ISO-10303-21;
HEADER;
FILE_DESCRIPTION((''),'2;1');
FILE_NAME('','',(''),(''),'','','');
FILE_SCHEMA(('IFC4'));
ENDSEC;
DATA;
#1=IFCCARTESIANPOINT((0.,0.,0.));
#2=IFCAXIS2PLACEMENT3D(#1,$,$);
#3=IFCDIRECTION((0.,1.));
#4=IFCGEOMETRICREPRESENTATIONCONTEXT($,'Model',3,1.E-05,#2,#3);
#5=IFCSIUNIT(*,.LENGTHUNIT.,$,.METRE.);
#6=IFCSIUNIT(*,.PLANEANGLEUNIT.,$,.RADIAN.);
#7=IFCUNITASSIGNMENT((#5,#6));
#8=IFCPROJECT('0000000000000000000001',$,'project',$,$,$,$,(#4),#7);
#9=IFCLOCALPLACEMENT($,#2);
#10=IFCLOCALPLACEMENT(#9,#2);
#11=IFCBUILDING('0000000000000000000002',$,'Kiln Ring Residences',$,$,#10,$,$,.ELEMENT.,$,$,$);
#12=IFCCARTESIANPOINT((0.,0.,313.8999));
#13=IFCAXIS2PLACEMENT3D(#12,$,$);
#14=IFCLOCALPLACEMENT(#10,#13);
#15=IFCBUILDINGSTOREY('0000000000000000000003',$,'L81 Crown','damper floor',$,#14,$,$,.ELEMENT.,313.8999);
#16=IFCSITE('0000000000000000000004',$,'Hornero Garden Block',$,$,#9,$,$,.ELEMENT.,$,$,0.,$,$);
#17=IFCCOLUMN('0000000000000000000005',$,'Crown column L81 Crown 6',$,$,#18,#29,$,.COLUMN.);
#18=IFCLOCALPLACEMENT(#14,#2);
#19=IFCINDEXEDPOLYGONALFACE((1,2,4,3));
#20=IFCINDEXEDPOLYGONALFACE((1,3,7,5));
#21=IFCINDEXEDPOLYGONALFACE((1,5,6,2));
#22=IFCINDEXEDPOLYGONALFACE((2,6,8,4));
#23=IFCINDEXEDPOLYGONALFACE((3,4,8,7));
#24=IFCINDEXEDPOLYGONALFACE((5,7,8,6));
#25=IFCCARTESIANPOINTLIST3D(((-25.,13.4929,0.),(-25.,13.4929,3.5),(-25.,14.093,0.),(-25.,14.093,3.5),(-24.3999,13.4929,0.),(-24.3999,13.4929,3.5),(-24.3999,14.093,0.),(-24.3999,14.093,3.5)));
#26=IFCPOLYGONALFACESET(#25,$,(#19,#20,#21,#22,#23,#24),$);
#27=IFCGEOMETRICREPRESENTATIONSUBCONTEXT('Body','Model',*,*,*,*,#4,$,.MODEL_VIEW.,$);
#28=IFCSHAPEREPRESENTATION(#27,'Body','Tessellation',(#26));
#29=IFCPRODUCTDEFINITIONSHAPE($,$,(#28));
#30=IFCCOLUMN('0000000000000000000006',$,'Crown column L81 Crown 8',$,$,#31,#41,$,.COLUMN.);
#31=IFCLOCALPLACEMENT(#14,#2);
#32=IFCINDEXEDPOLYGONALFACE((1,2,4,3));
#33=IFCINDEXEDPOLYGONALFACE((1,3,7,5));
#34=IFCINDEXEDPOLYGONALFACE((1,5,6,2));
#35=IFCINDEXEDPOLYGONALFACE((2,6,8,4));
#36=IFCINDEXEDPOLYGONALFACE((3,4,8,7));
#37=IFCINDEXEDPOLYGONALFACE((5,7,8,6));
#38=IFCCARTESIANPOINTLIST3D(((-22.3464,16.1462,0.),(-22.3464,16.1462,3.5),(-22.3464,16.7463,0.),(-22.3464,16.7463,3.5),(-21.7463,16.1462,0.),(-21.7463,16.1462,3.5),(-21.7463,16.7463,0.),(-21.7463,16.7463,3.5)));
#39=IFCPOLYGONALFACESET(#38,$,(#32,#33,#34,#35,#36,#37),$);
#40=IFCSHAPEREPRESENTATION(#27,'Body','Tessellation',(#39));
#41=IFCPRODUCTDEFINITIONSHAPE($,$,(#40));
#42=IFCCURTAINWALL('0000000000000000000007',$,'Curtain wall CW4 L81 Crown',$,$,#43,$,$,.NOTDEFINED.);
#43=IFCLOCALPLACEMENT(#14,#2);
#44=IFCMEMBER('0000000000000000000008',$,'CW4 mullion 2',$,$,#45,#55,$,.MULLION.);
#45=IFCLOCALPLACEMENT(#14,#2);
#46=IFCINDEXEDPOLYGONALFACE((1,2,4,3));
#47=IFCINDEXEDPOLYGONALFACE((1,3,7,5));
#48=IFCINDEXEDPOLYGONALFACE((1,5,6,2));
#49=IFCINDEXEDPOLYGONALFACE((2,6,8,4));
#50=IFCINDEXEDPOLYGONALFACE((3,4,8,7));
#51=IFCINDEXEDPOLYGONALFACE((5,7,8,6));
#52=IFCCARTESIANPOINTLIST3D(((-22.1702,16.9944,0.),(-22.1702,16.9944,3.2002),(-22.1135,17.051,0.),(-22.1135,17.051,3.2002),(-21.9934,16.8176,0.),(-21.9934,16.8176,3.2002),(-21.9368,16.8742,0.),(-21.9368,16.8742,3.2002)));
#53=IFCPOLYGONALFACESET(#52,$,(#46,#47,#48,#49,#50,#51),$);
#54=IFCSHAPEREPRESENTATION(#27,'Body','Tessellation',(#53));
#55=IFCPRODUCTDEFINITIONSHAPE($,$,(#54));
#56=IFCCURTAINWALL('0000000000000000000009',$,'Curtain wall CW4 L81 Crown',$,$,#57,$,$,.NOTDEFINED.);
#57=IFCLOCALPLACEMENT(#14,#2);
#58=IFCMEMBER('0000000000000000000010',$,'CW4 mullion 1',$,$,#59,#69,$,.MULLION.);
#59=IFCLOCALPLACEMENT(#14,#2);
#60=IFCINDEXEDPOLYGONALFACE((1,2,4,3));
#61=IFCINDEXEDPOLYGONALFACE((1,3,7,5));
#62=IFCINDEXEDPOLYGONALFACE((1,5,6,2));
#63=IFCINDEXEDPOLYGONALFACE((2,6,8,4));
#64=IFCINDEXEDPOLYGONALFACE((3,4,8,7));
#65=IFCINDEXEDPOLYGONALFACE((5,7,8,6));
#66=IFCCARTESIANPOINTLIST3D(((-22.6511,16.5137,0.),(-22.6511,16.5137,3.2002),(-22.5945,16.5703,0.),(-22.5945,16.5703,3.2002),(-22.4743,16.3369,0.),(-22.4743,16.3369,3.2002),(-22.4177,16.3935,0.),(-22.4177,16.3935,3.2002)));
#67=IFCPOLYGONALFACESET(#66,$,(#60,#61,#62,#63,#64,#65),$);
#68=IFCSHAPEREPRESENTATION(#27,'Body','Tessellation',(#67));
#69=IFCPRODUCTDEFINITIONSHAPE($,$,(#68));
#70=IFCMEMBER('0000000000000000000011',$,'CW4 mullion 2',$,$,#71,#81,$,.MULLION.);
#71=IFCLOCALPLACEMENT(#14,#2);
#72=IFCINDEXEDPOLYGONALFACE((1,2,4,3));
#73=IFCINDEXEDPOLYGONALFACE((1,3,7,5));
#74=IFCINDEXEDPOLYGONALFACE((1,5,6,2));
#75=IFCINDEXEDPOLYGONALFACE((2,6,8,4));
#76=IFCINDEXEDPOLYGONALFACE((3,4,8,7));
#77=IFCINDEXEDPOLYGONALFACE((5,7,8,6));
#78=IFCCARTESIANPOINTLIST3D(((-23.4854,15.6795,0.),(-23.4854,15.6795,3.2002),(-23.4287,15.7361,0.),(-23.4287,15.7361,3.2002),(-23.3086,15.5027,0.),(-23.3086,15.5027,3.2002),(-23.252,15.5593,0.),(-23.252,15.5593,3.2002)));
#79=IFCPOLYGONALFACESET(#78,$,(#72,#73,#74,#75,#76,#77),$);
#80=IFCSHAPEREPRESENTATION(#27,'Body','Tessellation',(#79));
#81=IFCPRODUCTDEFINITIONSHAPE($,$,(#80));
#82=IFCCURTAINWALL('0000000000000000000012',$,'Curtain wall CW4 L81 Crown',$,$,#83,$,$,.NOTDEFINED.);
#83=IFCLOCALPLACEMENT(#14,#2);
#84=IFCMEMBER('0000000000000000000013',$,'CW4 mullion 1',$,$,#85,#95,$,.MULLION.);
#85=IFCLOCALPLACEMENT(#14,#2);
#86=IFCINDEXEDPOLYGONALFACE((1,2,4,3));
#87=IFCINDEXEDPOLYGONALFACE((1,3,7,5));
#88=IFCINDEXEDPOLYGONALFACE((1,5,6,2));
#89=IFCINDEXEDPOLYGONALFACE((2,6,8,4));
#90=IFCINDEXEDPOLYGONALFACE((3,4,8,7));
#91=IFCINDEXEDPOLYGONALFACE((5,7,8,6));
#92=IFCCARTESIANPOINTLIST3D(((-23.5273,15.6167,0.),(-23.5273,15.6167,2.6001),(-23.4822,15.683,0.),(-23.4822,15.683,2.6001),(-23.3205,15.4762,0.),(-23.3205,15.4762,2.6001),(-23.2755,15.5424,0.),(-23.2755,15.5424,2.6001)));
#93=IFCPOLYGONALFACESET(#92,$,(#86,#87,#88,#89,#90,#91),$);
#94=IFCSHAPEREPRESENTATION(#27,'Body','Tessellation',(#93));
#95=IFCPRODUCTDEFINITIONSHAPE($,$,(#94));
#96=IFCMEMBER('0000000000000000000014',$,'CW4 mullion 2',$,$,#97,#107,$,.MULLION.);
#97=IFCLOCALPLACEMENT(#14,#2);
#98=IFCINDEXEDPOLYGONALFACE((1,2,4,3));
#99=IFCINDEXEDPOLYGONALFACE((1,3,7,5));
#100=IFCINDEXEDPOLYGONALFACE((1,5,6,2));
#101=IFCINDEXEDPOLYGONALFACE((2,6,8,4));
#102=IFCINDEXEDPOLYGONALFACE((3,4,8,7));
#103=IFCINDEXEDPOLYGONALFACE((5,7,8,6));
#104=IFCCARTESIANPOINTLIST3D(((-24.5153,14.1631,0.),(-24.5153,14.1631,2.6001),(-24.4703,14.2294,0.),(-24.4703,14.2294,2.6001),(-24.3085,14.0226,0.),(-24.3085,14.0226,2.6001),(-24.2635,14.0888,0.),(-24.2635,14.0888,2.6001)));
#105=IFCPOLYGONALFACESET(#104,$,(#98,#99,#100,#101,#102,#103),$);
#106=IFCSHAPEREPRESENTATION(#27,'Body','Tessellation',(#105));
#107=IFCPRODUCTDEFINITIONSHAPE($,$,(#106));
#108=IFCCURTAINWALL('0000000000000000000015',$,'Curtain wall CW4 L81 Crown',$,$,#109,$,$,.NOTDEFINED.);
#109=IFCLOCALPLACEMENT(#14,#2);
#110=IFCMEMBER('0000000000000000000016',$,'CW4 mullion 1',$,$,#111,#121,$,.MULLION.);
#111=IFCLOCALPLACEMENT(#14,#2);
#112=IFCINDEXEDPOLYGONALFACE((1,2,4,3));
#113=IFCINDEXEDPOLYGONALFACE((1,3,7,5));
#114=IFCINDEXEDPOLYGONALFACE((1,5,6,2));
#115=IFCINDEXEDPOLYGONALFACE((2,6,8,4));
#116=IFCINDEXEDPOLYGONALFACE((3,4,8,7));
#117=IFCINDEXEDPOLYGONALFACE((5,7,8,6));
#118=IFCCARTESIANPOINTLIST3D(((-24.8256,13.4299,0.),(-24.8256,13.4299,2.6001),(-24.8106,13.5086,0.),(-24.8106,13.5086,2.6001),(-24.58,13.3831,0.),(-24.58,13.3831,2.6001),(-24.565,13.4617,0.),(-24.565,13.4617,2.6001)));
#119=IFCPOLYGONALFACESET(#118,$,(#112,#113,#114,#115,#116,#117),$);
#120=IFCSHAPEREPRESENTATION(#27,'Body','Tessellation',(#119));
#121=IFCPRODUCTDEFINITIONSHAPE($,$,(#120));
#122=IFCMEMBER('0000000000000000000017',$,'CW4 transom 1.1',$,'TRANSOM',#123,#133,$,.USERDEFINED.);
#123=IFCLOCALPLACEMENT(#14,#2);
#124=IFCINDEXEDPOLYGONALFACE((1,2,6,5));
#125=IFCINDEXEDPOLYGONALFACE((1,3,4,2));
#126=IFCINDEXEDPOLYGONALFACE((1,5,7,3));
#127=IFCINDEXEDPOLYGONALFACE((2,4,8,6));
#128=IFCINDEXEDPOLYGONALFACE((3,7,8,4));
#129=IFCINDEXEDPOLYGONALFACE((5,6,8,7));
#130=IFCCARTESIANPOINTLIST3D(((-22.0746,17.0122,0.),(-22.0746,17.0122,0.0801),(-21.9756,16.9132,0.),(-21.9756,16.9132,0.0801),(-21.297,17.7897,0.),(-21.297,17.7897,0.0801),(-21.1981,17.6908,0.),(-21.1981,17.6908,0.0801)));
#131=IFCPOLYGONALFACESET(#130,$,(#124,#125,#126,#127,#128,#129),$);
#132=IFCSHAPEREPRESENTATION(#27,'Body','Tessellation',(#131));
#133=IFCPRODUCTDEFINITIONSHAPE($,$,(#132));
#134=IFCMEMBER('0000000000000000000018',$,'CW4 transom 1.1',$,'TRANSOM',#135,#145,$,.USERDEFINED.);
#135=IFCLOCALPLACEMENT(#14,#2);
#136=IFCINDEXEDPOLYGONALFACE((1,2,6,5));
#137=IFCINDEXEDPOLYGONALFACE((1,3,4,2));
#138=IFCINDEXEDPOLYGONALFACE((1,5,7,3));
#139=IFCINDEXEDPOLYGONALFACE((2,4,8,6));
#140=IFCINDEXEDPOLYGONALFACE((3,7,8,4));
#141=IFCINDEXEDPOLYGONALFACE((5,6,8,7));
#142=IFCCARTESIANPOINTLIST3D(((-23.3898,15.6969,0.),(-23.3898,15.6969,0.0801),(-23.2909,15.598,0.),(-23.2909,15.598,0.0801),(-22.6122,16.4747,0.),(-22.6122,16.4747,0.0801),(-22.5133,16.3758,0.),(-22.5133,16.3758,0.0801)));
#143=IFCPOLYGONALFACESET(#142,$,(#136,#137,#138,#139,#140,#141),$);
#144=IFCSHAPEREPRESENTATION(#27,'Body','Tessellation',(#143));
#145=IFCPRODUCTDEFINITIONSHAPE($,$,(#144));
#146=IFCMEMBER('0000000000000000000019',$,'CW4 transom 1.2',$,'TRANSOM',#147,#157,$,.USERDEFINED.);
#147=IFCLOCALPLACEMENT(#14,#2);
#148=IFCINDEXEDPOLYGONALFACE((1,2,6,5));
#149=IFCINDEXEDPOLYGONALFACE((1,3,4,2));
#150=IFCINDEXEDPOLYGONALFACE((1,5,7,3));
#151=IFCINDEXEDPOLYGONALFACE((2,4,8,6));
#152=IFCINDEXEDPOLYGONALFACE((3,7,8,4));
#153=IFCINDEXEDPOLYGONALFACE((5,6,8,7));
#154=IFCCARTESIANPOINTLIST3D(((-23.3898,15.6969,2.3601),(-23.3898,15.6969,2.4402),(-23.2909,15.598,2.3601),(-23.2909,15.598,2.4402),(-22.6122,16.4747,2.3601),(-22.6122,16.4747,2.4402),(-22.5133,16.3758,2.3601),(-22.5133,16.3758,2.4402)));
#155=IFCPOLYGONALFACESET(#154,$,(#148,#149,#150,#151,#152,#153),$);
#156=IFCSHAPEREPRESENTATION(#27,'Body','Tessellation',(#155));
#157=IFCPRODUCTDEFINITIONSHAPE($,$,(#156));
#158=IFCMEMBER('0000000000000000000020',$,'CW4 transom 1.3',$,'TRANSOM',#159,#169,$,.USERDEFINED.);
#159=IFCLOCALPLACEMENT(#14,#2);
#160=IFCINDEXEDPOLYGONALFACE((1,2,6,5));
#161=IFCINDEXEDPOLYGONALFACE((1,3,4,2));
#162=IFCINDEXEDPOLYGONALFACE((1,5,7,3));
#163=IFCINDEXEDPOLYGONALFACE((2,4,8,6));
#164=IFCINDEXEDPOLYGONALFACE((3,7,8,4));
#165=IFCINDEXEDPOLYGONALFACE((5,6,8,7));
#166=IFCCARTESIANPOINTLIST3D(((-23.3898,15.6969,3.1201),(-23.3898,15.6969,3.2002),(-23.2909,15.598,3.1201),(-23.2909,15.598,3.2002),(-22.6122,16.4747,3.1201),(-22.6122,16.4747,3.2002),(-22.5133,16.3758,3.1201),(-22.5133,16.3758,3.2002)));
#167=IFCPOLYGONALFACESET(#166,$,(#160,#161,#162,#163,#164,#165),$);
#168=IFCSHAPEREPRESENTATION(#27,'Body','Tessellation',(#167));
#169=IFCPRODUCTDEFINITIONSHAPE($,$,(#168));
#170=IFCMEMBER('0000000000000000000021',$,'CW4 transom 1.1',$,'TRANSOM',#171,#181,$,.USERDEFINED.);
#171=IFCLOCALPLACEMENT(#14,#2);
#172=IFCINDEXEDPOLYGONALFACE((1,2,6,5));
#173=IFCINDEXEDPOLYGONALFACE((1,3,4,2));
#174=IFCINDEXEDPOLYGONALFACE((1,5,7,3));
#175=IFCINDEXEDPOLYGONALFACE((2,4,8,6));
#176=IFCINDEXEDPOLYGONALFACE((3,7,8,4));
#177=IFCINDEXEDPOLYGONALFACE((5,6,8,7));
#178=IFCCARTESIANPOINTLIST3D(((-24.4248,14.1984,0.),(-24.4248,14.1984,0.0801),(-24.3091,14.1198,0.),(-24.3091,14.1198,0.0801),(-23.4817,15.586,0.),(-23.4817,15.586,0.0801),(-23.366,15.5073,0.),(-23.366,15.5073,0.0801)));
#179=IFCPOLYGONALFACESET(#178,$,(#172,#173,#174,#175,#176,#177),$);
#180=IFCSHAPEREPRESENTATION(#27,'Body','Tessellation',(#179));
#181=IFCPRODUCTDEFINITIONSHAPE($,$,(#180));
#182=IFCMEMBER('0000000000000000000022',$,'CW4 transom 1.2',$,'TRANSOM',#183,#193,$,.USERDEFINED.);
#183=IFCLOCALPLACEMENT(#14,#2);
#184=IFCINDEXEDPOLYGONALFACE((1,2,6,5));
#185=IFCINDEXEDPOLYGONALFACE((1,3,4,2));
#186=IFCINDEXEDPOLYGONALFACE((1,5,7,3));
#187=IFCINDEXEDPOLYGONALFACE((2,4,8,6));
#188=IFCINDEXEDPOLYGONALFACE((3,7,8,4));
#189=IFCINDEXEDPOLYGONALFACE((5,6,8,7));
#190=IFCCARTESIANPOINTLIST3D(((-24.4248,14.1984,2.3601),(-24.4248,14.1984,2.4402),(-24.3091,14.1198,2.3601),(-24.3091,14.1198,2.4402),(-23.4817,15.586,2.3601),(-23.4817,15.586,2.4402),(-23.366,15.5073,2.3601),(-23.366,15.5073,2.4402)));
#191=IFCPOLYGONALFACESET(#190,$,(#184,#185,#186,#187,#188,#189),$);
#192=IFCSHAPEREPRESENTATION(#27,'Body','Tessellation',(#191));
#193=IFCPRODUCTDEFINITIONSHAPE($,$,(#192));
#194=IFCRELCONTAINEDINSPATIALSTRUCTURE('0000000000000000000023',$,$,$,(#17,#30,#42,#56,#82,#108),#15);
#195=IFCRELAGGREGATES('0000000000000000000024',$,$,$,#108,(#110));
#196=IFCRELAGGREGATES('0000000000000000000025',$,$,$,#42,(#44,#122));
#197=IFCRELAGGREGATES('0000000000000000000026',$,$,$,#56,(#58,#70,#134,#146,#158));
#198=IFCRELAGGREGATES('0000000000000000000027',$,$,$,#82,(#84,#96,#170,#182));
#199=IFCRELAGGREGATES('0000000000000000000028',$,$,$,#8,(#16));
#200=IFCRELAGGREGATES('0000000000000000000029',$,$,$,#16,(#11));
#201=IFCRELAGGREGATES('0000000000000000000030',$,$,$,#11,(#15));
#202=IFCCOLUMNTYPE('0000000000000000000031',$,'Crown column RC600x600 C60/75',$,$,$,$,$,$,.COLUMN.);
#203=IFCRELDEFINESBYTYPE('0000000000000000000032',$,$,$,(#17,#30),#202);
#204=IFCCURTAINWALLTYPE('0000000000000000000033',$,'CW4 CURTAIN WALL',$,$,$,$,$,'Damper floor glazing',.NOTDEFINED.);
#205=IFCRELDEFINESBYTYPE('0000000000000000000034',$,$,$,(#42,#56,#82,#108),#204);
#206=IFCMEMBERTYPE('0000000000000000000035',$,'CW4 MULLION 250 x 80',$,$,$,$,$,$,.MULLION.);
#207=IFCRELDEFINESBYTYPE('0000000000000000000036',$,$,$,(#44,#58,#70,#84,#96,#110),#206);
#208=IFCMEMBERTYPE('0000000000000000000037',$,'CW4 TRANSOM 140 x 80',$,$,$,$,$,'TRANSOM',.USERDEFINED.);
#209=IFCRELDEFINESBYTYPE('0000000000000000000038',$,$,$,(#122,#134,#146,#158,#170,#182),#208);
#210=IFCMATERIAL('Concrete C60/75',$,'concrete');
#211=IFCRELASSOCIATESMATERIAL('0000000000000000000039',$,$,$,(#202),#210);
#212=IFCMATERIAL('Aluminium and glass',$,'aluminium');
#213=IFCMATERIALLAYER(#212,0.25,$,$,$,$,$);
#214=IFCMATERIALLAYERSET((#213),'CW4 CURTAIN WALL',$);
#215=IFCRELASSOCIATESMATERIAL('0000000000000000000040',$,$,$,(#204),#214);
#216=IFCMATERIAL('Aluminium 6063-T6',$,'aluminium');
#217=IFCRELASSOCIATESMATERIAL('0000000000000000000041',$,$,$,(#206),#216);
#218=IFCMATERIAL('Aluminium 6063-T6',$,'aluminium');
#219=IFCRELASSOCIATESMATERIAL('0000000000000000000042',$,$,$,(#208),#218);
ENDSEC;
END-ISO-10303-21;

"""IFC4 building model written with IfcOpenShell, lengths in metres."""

from ifc_helpers import new_model, si_unit, direction, frame, origin, origin_2d, place, context, subcontext, project, spatial, rectangle, extrude, material, layer, layer_set, material_profile, profile_set, type_object, element, aggregate, save


model = new_model("IFC4")

# Units and contexts
model_context = context("Model", 3, precision=1e-05, world=origin(), true_north=direction((0.0, 1.0)))
body_context = subcontext(model_context, "Body", "Model", "MODEL_VIEW")
ifc_project = project(units=[si_unit("LENGTHUNIT", "METRE"), si_unit("PLANEANGLEUNIT", "RADIAN")], contexts=[model_context])

# Site, building, storey
site_placement = place(None, origin())
site = spatial("IfcSite", under=ifc_project, at=site_placement, Name="Hornero Garden Block", CompositionType="ELEMENT", RefElevation=0.0)
building_placement = place(site_placement, origin())
building = spatial("IfcBuilding", under=site, at=building_placement, Name="Kiln Ring Residences", CompositionType="ELEMENT")
storey_placement = place(building_placement, frame((0.0, 0.0, 313.8999)))
storey = spatial("IfcBuildingStorey", under=building, at=storey_placement, Name="L81 Crown", Description="damper floor", CompositionType="ELEMENT", Elevation=313.8999)

# Columns
ifc_material_1 = material(Name="Concrete C60/75", Category="concrete")
ifc_material_profile_1 = material_profile(ifc_material_1, rectangle(XDim=0.6001, YDim=0.6001, at=origin_2d()), Name="RC600x600")
ifc_profile_set_1 = profile_set([ifc_material_profile_1], Name="Concrete C60/75")
column_type = type_object("IfcColumnType", Name="Crown column RC600x600 C60/75", PredefinedType="COLUMN", material=ifc_profile_set_1)
for number, where, z_axis, x_axis, name in (
    (1, (-24.7, 13.793, 0.0), (0.0, 0.0, 1.0), (1.0, 0.0, 0.0), "Crown column L81 Crown 6"),
    (2, (-22.0464, 16.4463, 0.0), (0.0, 0.0, 1.0), (1.0, 0.0, 0.0), "Crown column L81 Crown 8"),
):
    element("IfcColumn", number, at=place(storey_placement, frame(where, z_axis=z_axis, x_axis=x_axis)), inside=storey, type_object=column_type, Name=name, PredefinedType="COLUMN", context=body_context, shape_type="SweptSolid", body=[
        extrude(rectangle(XDim=0.6001, YDim=0.6001, at=origin_2d()), origin(), (0.0, 0.0, 1.0), 3.5),
    ])

# Curtain wall, member
ifc_material_2 = material(Name="Aluminium and glass", Category="aluminium")
ifc_layer_1 = layer(ifc_material_2, 0.25)
ifc_layer_set_1 = layer_set([ifc_layer_1], Name="CW4 CURTAIN WALL")
curtain_wall_type = type_object("IfcCurtainWallType", Name="CW4 CURTAIN WALL", ElementType="Damper floor glazing", PredefinedType="NOTDEFINED", material=ifc_layer_set_1)
placement = place(storey_placement, origin())
curtain_wall_1 = element("IfcCurtainWall", 3, at=placement, inside=storey, type_object=curtain_wall_type, Name="Curtain wall CW4 L81 Crown", PredefinedType="NOTDEFINED")
ifc_material_3 = material(Name="Aluminium 6063-T6", Category="aluminium")
ifc_material_profile_2 = material_profile(ifc_material_3, rectangle(XDim=0.25, YDim=0.0801, at=origin_2d()), Name="AL 250x80")
ifc_profile_set_2 = profile_set([ifc_material_profile_2], Name="Aluminium 6063-T6")
member_type_1 = type_object("IfcMemberType", Name="CW4 MULLION 250 x 80", PredefinedType="MULLION", material=ifc_profile_set_2)
member_1_placement = place(storey_placement, frame((-22.0535, 16.9343, 0.0), z_axis=(0.0, 0.0, 1.0), x_axis=(0.707107, -0.707107, 0.0)))
member_1 = element("IfcMember", 4, at=member_1_placement, type_object=member_type_1, Name="CW4 mullion 2", PredefinedType="MULLION", context=body_context, shape_type="SweptSolid", body=[
    extrude(rectangle(XDim=0.25, YDim=0.0801, at=origin_2d()), origin(), (0.0, 0.0, 1.0), 3.2002),
])

# Curtain walls, members
curtain_wall_2 = element("IfcCurtainWall", 5, at=placement, inside=storey, type_object=curtain_wall_type, Name="Curtain wall CW4 L81 Crown", PredefinedType="NOTDEFINED")
member_2_placement = place(storey_placement, frame((-22.5344, 16.4536, 0.0), z_axis=(0.0, 0.0, 1.0), x_axis=(0.707107, -0.707107, 0.0)))
member_2 = element("IfcMember", 6, at=member_2_placement, type_object=member_type_1, Name="CW4 mullion 1", PredefinedType="MULLION", context=body_context, shape_type="SweptSolid", body=[
    extrude(rectangle(XDim=0.25, YDim=0.0801, at=origin_2d()), origin(), (0.0, 0.0, 1.0), 3.2002),
])
member_3_placement = place(storey_placement, frame((-23.3687, 15.6194, 0.0), z_axis=(0.0, 0.0, 1.0), x_axis=(0.707107, -0.707107, 0.0)))
member_3 = element("IfcMember", 7, at=member_3_placement, type_object=member_type_1, Name="CW4 mullion 2", PredefinedType="MULLION", context=body_context, shape_type="SweptSolid", body=[
    extrude(rectangle(XDim=0.25, YDim=0.0801, at=origin_2d()), origin(), (0.0, 0.0, 1.0), 3.2002),
])
curtain_wall_3 = element("IfcCurtainWall", 8, at=placement, inside=storey, type_object=curtain_wall_type, Name="Curtain wall CW4 L81 Crown", PredefinedType="NOTDEFINED")
member_4_placement = place(storey_placement, frame((-23.4014, 15.5796, 0.0), z_axis=(0.0, 0.0, 1.0), x_axis=(0.827072, -0.562097, 0.0)))
member_4 = element("IfcMember", 9, at=member_4_placement, type_object=member_type_1, Name="CW4 mullion 1", PredefinedType="MULLION", context=body_context, shape_type="SweptSolid", body=[
    extrude(rectangle(XDim=0.25, YDim=0.0801, at=origin_2d()), origin(), (0.0, 0.0, 1.0), 2.6001),
])
member_5_placement = place(storey_placement, frame((-24.3894, 14.126, 0.0), z_axis=(0.0, 0.0, 1.0), x_axis=(0.827072, -0.562097, 0.0)))
member_5 = element("IfcMember", 10, at=member_5_placement, type_object=member_type_1, Name="CW4 mullion 2", PredefinedType="MULLION", context=body_context, shape_type="SweptSolid", body=[
    extrude(rectangle(XDim=0.25, YDim=0.0801, at=origin_2d()), origin(), (0.0, 0.0, 1.0), 2.6001),
])

# Curtain wall, member
curtain_wall_4 = element("IfcCurtainWall", 11, at=placement, inside=storey, type_object=curtain_wall_type, Name="Curtain wall CW4 L81 Crown", PredefinedType="NOTDEFINED")
member_6_placement = place(storey_placement, frame((-24.6953, 13.4458, 0.0), z_axis=(0.0, 0.0, 1.0), x_axis=(0.98229, -0.187366, 0.0)))
member_6 = element("IfcMember", 12, at=member_6_placement, type_object=member_type_1, Name="CW4 mullion 1", PredefinedType="MULLION", context=body_context, shape_type="SweptSolid", body=[
    extrude(rectangle(XDim=0.25, YDim=0.0801, at=origin_2d()), origin(), (0.0, 0.0, 1.0), 2.6001),
])

# Members
ifc_material_4 = material(Name="Aluminium 6063-T6", Category="aluminium")
ifc_material_profile_3 = material_profile(ifc_material_4, rectangle(XDim=0.1399, YDim=0.0801, at=origin_2d()), Name="AL 140x80")
ifc_profile_set_3 = profile_set([ifc_material_profile_3], Name="Aluminium 6063-T6")
member_type_2 = type_object("IfcMemberType", Name="CW4 TRANSOM 140 x 80", ElementType="TRANSOM", PredefinedType="USERDEFINED", material=ifc_profile_set_3)
member_7_placement = place(storey_placement, frame((-21.2476, 17.7402, 0.04), z_axis=(-0.707107, -0.707107, 0.0), x_axis=(0.707107, -0.707107, 0.0)))
member_7 = element("IfcMember", 13, at=member_7_placement, type_object=member_type_2, Name="CW4 transom 1.1", ObjectType="TRANSOM", PredefinedType="USERDEFINED", context=body_context, shape_type="SweptSolid", body=[
    extrude(rectangle(XDim=0.1399, YDim=0.0801, at=origin_2d()), origin(), (0.0, 0.0, 1.0), 1.0996),
])
member_8_placement = place(storey_placement, frame((-22.5627, 16.4253, 0.04), z_axis=(-0.706996, -0.707218, 0.0), x_axis=(0.707218, -0.706996, 0.0)))
member_8 = element("IfcMember", 14, at=member_8_placement, type_object=member_type_2, Name="CW4 transom 1.1", ObjectType="TRANSOM", PredefinedType="USERDEFINED", context=body_context, shape_type="SweptSolid", body=[
    extrude(rectangle(XDim=0.1399, YDim=0.0801, at=origin_2d()), origin(), (0.0, 0.0, 1.0), 1.0999),
])
member_9_placement = place(storey_placement, frame((-22.5627, 16.4253, 2.4001), z_axis=(-0.706996, -0.707218, 0.0), x_axis=(0.707218, -0.706996, 0.0)))
member_9 = element("IfcMember", 15, at=member_9_placement, type_object=member_type_2, Name="CW4 transom 1.2", ObjectType="TRANSOM", PredefinedType="USERDEFINED", context=body_context, shape_type="SweptSolid", body=[
    extrude(rectangle(XDim=0.1399, YDim=0.0801, at=origin_2d()), origin(), (0.0, 0.0, 1.0), 1.0999),
])
member_10_placement = place(storey_placement, frame((-22.5627, 16.4253, 3.1602), z_axis=(-0.706996, -0.707218, 0.0), x_axis=(0.707218, -0.706996, 0.0)))
member_10 = element("IfcMember", 16, at=member_10_placement, type_object=member_type_2, Name="CW4 transom 1.3", ObjectType="TRANSOM", PredefinedType="USERDEFINED", context=body_context, shape_type="SweptSolid", body=[
    extrude(rectangle(XDim=0.1399, YDim=0.0801, at=origin_2d()), origin(), (0.0, 0.0, 1.0), 1.0999),
])
member_11_placement = place(storey_placement, frame((-23.4238, 15.5466, 0.04), z_axis=(-0.562167, -0.827024, 0.0), x_axis=(0.827024, -0.562167, 0.0)))
member_11 = element("IfcMember", 17, at=member_11_placement, type_object=member_type_2, Name="CW4 transom 1.1", ObjectType="TRANSOM", PredefinedType="USERDEFINED", context=body_context, shape_type="SweptSolid", body=[
    extrude(rectangle(XDim=0.1399, YDim=0.0801, at=origin_2d()), origin(), (0.0, 0.0, 1.0), 1.6777),
])
member_12_placement = place(storey_placement, frame((-23.4238, 15.5466, 2.4001), z_axis=(-0.562167, -0.827024, 0.0), x_axis=(0.827024, -0.562167, 0.0)))
member_12 = element("IfcMember", 18, at=member_12_placement, type_object=member_type_2, Name="CW4 transom 1.2", ObjectType="TRANSOM", PredefinedType="USERDEFINED", context=body_context, shape_type="SweptSolid", body=[
    extrude(rectangle(XDim=0.1399, YDim=0.0801, at=origin_2d()), origin(), (0.0, 0.0, 1.0), 1.6777),
])
aggregate(curtain_wall_4, [member_6])

aggregate(curtain_wall_1, [member_1, member_7])
aggregate(curtain_wall_2, [member_2, member_3, member_8, member_9, member_10])
aggregate(curtain_wall_3, [member_4, member_5, member_11, member_12])

save(model, "model.ifc")
